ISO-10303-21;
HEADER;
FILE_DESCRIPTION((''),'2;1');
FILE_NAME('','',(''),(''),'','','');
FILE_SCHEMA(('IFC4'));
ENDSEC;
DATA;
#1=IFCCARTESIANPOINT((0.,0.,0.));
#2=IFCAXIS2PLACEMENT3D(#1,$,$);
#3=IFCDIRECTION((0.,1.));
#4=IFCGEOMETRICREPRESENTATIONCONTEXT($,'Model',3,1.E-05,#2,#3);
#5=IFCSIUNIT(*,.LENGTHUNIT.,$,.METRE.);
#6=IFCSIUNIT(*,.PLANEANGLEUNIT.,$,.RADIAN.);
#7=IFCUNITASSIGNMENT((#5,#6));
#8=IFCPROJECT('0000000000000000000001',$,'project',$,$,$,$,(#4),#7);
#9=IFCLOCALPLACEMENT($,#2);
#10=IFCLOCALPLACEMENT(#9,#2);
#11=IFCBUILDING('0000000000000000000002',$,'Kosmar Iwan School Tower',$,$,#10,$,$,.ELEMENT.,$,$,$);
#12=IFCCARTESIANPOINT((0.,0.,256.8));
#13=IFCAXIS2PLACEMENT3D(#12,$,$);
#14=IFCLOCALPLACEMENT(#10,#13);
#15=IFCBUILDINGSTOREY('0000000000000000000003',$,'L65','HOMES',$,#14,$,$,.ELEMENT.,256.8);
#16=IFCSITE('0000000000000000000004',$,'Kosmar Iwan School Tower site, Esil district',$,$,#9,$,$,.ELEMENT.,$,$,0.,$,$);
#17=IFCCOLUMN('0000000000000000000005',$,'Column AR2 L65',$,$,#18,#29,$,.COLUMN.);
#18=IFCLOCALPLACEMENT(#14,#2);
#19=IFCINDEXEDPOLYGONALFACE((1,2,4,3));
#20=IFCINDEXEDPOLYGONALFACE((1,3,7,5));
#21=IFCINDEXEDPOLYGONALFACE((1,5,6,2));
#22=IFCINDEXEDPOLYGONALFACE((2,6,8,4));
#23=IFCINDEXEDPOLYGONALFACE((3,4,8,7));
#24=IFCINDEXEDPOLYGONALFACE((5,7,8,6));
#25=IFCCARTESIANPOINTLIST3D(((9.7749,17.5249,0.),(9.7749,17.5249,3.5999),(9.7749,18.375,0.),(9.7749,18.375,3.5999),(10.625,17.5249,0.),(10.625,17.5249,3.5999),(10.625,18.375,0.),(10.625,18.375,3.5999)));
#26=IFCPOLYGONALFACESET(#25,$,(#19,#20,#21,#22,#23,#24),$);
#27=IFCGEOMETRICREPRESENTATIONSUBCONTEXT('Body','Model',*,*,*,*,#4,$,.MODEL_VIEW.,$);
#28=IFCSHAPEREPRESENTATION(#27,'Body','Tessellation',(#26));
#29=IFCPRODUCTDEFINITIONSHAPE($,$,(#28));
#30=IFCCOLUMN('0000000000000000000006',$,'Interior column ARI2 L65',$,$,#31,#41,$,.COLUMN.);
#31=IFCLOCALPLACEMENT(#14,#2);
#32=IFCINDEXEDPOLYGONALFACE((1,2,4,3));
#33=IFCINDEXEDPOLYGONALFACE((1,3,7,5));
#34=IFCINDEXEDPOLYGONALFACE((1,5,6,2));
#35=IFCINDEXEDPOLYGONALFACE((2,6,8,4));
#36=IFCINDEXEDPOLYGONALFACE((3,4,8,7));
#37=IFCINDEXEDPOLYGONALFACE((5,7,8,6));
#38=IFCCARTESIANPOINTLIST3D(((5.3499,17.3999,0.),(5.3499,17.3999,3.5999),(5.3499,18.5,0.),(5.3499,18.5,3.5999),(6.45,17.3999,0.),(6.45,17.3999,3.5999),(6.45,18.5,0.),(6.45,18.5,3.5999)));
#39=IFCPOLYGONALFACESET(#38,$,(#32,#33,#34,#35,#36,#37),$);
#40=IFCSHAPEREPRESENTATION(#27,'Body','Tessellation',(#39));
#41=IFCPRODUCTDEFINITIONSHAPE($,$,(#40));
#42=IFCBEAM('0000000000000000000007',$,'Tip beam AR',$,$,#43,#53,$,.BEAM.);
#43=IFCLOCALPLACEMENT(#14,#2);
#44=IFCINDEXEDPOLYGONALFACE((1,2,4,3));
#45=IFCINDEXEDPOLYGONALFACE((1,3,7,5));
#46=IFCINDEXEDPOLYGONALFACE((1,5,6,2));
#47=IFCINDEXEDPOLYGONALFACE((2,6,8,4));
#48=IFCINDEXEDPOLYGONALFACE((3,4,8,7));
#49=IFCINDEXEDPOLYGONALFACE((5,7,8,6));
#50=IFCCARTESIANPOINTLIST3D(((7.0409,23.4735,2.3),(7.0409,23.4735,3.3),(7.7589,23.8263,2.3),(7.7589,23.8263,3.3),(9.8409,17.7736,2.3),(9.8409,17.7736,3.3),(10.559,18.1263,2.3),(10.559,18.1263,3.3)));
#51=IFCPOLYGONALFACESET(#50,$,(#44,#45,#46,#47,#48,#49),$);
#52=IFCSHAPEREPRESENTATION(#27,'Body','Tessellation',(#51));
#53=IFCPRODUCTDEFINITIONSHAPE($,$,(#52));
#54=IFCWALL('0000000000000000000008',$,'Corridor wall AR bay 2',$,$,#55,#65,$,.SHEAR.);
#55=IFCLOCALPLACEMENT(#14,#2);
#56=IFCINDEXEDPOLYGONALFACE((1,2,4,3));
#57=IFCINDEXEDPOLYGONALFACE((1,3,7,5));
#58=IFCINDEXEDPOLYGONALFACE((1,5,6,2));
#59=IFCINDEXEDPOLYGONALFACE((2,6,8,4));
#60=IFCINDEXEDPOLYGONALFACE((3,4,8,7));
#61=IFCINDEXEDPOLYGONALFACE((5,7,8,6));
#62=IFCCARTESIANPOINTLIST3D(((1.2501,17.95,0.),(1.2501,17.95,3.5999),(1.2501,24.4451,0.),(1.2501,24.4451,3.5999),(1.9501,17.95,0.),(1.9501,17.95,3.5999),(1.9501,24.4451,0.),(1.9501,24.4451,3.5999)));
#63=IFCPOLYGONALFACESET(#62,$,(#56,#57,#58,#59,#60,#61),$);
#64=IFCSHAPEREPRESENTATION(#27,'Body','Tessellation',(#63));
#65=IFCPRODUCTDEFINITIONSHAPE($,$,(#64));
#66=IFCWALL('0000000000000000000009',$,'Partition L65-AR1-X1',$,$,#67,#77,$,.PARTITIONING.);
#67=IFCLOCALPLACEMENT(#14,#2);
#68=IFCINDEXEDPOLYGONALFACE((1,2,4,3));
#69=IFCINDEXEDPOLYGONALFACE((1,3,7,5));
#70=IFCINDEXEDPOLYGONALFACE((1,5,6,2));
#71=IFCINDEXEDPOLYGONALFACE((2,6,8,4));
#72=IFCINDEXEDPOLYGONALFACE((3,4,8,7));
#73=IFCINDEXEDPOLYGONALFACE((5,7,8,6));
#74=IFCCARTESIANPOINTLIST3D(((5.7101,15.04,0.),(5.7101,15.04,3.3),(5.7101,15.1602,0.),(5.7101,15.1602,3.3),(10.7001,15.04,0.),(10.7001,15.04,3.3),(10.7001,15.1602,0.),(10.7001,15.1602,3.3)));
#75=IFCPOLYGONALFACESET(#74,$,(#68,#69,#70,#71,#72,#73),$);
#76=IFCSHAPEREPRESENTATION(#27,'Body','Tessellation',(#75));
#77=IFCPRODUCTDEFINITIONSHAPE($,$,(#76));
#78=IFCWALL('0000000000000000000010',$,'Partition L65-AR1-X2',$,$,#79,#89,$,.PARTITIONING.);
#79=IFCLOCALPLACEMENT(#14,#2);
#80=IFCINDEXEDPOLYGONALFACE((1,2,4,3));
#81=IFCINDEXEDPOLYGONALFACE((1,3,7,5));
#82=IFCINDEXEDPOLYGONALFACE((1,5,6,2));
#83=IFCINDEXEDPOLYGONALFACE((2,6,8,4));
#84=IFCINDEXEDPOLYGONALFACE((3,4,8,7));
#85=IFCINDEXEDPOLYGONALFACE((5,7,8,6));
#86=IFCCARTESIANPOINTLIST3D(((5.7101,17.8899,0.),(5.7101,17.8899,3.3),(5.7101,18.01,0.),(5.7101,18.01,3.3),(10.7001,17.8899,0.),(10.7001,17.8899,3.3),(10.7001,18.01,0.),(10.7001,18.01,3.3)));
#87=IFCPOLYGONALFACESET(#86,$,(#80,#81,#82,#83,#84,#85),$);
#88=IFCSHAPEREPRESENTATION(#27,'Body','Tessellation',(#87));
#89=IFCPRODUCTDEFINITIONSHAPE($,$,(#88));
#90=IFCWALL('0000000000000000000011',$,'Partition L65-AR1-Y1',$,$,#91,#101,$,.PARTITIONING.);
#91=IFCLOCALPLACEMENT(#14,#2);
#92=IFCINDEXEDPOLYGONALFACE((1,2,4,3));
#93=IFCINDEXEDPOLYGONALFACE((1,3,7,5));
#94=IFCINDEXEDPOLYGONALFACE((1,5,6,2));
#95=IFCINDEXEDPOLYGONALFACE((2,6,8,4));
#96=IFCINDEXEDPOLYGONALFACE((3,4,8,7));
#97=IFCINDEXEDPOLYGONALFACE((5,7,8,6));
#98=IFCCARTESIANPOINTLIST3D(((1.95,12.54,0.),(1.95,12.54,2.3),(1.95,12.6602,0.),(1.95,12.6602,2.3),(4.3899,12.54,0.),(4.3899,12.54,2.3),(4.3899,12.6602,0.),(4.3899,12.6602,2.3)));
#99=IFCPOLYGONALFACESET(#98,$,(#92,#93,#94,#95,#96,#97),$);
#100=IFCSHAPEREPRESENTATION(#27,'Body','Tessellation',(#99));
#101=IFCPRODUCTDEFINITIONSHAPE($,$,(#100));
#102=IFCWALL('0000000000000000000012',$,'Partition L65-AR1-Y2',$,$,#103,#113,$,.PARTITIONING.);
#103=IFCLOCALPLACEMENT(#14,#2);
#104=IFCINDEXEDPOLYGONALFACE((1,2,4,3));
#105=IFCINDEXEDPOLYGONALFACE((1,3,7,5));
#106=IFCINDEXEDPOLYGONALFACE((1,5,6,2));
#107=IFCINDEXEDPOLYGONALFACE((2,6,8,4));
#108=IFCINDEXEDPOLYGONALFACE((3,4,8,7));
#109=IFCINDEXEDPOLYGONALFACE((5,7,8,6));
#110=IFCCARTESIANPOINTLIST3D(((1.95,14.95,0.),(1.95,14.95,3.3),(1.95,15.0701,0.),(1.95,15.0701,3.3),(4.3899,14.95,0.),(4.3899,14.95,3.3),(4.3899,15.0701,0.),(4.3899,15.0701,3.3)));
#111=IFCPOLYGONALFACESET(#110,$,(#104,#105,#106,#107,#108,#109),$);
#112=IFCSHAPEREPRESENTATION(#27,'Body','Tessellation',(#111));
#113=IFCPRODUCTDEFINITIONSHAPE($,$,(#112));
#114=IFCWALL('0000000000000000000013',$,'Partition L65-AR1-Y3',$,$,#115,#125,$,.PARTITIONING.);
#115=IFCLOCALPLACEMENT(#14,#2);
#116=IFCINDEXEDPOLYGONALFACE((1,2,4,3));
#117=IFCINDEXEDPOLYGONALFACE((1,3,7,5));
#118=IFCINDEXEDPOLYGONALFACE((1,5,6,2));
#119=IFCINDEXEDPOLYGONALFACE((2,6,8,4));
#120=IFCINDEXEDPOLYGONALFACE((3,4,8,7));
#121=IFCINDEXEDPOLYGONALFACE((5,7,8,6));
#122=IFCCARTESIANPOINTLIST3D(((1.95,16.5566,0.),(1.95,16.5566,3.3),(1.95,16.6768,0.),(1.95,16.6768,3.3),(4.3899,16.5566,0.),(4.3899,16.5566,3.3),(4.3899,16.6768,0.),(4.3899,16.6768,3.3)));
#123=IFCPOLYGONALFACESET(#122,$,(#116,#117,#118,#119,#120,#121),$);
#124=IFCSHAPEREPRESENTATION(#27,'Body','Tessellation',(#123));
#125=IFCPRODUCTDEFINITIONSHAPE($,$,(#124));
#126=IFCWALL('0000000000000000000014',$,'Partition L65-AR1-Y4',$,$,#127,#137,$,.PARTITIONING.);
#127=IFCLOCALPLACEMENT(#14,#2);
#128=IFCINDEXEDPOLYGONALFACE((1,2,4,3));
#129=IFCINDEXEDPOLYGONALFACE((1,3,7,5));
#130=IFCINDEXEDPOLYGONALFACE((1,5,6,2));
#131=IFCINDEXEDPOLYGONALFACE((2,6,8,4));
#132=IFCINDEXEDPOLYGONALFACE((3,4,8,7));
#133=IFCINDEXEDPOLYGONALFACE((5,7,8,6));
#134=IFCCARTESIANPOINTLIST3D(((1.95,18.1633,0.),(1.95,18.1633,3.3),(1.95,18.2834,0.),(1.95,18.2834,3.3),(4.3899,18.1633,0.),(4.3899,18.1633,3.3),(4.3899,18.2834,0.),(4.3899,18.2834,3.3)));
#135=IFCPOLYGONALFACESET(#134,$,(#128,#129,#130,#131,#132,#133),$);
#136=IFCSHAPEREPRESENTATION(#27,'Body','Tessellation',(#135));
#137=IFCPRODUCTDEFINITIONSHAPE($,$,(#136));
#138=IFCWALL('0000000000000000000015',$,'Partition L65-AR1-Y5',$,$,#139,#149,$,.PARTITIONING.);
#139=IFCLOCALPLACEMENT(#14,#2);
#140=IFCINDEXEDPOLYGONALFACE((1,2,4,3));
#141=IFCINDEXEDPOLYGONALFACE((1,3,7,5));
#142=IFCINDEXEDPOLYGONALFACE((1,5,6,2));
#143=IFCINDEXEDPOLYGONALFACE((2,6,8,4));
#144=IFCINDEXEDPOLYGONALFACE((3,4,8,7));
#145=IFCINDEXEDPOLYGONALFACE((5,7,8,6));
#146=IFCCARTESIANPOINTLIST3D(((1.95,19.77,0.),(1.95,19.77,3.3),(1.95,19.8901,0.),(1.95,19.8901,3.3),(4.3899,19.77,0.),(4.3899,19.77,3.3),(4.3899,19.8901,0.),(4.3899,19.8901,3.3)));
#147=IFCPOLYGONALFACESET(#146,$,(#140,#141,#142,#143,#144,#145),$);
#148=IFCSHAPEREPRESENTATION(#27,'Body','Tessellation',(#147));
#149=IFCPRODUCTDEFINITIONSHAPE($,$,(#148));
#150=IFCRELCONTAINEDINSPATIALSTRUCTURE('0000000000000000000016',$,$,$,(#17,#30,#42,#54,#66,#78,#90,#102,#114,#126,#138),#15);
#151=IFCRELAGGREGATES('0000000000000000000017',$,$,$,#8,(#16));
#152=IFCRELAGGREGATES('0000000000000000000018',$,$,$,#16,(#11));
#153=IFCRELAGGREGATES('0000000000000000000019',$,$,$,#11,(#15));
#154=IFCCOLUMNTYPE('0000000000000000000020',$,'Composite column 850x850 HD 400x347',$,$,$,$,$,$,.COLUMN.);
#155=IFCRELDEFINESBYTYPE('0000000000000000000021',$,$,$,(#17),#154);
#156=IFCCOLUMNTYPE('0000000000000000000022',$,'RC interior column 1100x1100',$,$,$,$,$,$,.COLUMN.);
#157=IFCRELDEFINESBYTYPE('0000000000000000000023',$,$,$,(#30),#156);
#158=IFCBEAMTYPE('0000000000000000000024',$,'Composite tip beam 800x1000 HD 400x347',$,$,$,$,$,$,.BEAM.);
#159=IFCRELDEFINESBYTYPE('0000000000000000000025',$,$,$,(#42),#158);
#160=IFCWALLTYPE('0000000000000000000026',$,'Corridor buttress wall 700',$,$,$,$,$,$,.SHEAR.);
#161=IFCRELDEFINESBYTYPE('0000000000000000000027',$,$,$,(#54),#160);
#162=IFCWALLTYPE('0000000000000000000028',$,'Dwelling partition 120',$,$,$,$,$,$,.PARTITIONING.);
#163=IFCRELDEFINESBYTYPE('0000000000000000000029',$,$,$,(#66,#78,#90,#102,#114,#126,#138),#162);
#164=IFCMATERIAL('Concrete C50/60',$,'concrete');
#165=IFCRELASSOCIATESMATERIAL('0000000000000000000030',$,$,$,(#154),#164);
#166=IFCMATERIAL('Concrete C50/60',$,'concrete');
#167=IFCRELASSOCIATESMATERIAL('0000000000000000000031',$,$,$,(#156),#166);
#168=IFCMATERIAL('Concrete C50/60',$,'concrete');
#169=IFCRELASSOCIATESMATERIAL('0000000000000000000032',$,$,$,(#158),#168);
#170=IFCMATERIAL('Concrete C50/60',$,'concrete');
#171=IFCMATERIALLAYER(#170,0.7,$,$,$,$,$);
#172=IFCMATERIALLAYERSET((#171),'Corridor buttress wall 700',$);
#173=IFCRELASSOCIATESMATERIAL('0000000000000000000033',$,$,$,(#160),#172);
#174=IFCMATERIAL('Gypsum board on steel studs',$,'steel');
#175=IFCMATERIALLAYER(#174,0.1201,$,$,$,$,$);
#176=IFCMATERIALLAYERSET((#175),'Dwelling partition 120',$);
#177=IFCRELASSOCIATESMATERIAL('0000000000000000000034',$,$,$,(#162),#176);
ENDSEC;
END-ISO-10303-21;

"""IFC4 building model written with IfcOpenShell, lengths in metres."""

from ifc_helpers import new_model, si_unit, direction, frame, frame_2d, origin, origin_2d, place, context, subcontext, project, spatial, rectangle, extrude, material, layer, layer_set, material_profile, profile_set, type_object, element, save


model = new_model("IFC4")

# Units and contexts
model_context = context("Model", 3, precision=1e-05, world=origin(), true_north=direction((0.0, 1.0)))
body_context = subcontext(model_context, "Body", "Model", "MODEL_VIEW")
ifc_project = project(units=[si_unit("LENGTHUNIT", "METRE"), si_unit("PLANEANGLEUNIT", "RADIAN")], contexts=[model_context])

# Site, building, storey
site_placement = place(None, origin())
site = spatial("IfcSite", under=ifc_project, at=site_placement, Name="Kosmar Iwan School Tower site, Esil district", CompositionType="ELEMENT", RefElevation=0.0)
building_placement = place(site_placement, origin())
building = spatial("IfcBuilding", under=site, at=building_placement, Name="Kosmar Iwan School Tower", CompositionType="ELEMENT")
storey_placement = place(building_placement, frame((0.0, 0.0, 256.8)))
storey = spatial("IfcBuildingStorey", under=building, at=storey_placement, Name="L65", Description="HOMES", CompositionType="ELEMENT", Elevation=256.8)

# Columns
ifc_material_1 = material(Name="Concrete C50/60", Category="concrete")
ifc_material_profile_1 = material_profile(ifc_material_1, rectangle(XDim=0.8501, YDim=0.8501, at=origin_2d()), Name="RC 850x850 + HD 400x347")
ifc_profile_set_1 = profile_set([ifc_material_profile_1], Name="Concrete C50/60")
column_type_1 = type_object("IfcColumnType", Name="Composite column 850x850 HD 400x347", PredefinedType="COLUMN", material=ifc_profile_set_1)
column_1_placement = place(storey_placement, frame((10.2, 17.95, 0.0), z_axis=(0.0, 0.0, 1.0), x_axis=(0.0, 1.0, 0.0)))
element("IfcColumn", 1, at=column_1_placement, inside=storey, type_object=column_type_1, Name="Column AR2 L65", PredefinedType="COLUMN", context=body_context, shape_type="SweptSolid", body=[
    extrude(rectangle(XDim=0.8501, YDim=0.8501, at=origin_2d()), origin(), (0.0, 0.0, 1.0), 3.5999),
])
ifc_material_2 = material(Name="Concrete C50/60", Category="concrete")
ifc_material_profile_2 = material_profile(ifc_material_2, rectangle(XDim=1.1001, YDim=1.1001, at=origin_2d()), Name="RC 1100x1100")
ifc_profile_set_2 = profile_set([ifc_material_profile_2], Name="Concrete C50/60")
column_type_2 = type_object("IfcColumnType", Name="RC interior column 1100x1100", PredefinedType="COLUMN", material=ifc_profile_set_2)
column_2_placement = place(storey_placement, frame((5.8999, 17.95, 0.0), z_axis=(0.0, 0.0, 1.0), x_axis=(0.0, 1.0, 0.0)))
element("IfcColumn", 2, at=column_2_placement, inside=storey, type_object=column_type_2, Name="Interior column ARI2 L65", PredefinedType="COLUMN", context=body_context, shape_type="SweptSolid", body=[
    extrude(rectangle(XDim=1.1001, YDim=1.1001, at=origin_2d()), origin(), (0.0, 0.0, 1.0), 3.5999),
])

# Beam
ifc_material_3 = material(Name="Concrete C50/60", Category="concrete")
ifc_material_profile_3 = material_profile(ifc_material_3, rectangle(XDim=0.8, YDim=1.0, at=origin_2d()), Name="RC 800x1000 + HD 400x347")
ifc_profile_set_3 = profile_set([ifc_material_profile_3], Name="Concrete C50/60")
beam_type = type_object("IfcBeamType", Name="Composite tip beam 800x1000 HD 400x347", PredefinedType="BEAM", material=ifc_profile_set_3)
beam_placement = place(storey_placement, frame((10.2, 17.95, 2.8), z_axis=(-0.440913, 0.89755, 0.0), x_axis=(-0.89755, -0.440913, 0.0)))
element("IfcBeam", 3, at=beam_placement, inside=storey, type_object=beam_type, Name="Tip beam AR", PredefinedType="BEAM", context=body_context, shape_type="SweptSolid", body=[
    extrude(rectangle(XDim=0.8, YDim=1.0, at=origin_2d()), origin(), (0.0, 0.0, 1.0), 6.3506),
])

# Walls
ifc_material_4 = material(Name="Concrete C50/60", Category="concrete")
ifc_layer_1 = layer(ifc_material_4, 0.7)
ifc_layer_set_1 = layer_set([ifc_layer_1], Name="Corridor buttress wall 700")
wall_type_1 = type_object("IfcWallType", Name="Corridor buttress wall 700", PredefinedType="SHEAR", material=ifc_layer_set_1)
wall_1_placement = place(storey_placement, frame((1.6001, 17.95, 0.0), z_axis=(0.0, 0.0, 1.0), x_axis=(0.0, 1.0, 0.0)))
element("IfcWall", 4, at=wall_1_placement, inside=storey, type_object=wall_type_1, Name="Corridor wall AR bay 2", PredefinedType="SHEAR", context=body_context, shape_type="SweptSolid", body=[
    extrude(rectangle(XDim=6.4951, YDim=0.7, at=frame_2d((3.2476, 0.0))), origin(), (0.0, 0.0, 1.0), 3.5999),
])
ifc_material_5 = material(Name="Gypsum board on steel studs", Category="steel")
ifc_layer_2 = layer(ifc_material_5, 0.1201)
ifc_layer_set_2 = layer_set([ifc_layer_2], Name="Dwelling partition 120")
wall_type_2 = type_object("IfcWallType", Name="Dwelling partition 120", PredefinedType="PARTITIONING", material=ifc_layer_set_2)
for number, where, z_axis, x_axis, name in (
    (5, (5.71, 15.1001, 0.0), (0.0, 0.0, 1.0), (1.0, 0.0, 0.0), "Partition L65-AR1-X1"),
    (6, (5.71, 17.95, 0.0), (0.0, 0.0, 1.0), (1.0, 0.0, 0.0), "Partition L65-AR1-X2"),
):
    element("IfcWall", number, at=place(storey_placement, frame(where, z_axis=z_axis, x_axis=x_axis)), inside=storey, type_object=wall_type_2, Name=name, PredefinedType="PARTITIONING", context=body_context, shape_type="SweptSolid", body=[
        extrude(rectangle(XDim=4.99, YDim=0.1201, at=frame_2d((2.4951, 0.0))), origin(), (0.0, 0.0, 1.0), 3.3),
    ])
wall_2_placement = place(storey_placement, frame((1.95, 12.6001, 0.0), z_axis=(0.0, 0.0, 1.0), x_axis=(1.0, 0.0, 0.0)))
element("IfcWall", 7, at=wall_2_placement, inside=storey, type_object=wall_type_2, Name="Partition L65-AR1-Y1", PredefinedType="PARTITIONING", context=body_context, shape_type="SweptSolid", body=[
    extrude(rectangle(XDim=2.4399, YDim=0.1201, at=frame_2d((1.22, 0.0))), origin(), (0.0, 0.0, 1.0), 2.3),
])
for number, where, z_axis, x_axis, name in (
    (8, (1.95, 15.01, 0.0), (0.0, 0.0, 1.0), (1.0, 0.0, 0.0), "Partition L65-AR1-Y2"),
    (9, (1.95, 16.6167, 0.0), (0.0, 0.0, 1.0), (1.0, 0.0, 0.0), "Partition L65-AR1-Y3"),
    (10, (1.95, 18.2234, 0.0), (0.0, 0.0, 1.0), (1.0, 0.0, 0.0), "Partition L65-AR1-Y4"),
    (11, (1.95, 19.8301, 0.0), (0.0, 0.0, 1.0), (1.0, 0.0, 0.0), "Partition L65-AR1-Y5"),
):
    element("IfcWall", number, at=place(storey_placement, frame(where, z_axis=z_axis, x_axis=x_axis)), inside=storey, type_object=wall_type_2, Name=name, PredefinedType="PARTITIONING", context=body_context, shape_type="SweptSolid", body=[
        extrude(rectangle(XDim=2.4399, YDim=0.1201, at=frame_2d((1.22, 0.0))), origin(), (0.0, 0.0, 1.0), 3.3),
    ])

save(model, "model.ifc")
